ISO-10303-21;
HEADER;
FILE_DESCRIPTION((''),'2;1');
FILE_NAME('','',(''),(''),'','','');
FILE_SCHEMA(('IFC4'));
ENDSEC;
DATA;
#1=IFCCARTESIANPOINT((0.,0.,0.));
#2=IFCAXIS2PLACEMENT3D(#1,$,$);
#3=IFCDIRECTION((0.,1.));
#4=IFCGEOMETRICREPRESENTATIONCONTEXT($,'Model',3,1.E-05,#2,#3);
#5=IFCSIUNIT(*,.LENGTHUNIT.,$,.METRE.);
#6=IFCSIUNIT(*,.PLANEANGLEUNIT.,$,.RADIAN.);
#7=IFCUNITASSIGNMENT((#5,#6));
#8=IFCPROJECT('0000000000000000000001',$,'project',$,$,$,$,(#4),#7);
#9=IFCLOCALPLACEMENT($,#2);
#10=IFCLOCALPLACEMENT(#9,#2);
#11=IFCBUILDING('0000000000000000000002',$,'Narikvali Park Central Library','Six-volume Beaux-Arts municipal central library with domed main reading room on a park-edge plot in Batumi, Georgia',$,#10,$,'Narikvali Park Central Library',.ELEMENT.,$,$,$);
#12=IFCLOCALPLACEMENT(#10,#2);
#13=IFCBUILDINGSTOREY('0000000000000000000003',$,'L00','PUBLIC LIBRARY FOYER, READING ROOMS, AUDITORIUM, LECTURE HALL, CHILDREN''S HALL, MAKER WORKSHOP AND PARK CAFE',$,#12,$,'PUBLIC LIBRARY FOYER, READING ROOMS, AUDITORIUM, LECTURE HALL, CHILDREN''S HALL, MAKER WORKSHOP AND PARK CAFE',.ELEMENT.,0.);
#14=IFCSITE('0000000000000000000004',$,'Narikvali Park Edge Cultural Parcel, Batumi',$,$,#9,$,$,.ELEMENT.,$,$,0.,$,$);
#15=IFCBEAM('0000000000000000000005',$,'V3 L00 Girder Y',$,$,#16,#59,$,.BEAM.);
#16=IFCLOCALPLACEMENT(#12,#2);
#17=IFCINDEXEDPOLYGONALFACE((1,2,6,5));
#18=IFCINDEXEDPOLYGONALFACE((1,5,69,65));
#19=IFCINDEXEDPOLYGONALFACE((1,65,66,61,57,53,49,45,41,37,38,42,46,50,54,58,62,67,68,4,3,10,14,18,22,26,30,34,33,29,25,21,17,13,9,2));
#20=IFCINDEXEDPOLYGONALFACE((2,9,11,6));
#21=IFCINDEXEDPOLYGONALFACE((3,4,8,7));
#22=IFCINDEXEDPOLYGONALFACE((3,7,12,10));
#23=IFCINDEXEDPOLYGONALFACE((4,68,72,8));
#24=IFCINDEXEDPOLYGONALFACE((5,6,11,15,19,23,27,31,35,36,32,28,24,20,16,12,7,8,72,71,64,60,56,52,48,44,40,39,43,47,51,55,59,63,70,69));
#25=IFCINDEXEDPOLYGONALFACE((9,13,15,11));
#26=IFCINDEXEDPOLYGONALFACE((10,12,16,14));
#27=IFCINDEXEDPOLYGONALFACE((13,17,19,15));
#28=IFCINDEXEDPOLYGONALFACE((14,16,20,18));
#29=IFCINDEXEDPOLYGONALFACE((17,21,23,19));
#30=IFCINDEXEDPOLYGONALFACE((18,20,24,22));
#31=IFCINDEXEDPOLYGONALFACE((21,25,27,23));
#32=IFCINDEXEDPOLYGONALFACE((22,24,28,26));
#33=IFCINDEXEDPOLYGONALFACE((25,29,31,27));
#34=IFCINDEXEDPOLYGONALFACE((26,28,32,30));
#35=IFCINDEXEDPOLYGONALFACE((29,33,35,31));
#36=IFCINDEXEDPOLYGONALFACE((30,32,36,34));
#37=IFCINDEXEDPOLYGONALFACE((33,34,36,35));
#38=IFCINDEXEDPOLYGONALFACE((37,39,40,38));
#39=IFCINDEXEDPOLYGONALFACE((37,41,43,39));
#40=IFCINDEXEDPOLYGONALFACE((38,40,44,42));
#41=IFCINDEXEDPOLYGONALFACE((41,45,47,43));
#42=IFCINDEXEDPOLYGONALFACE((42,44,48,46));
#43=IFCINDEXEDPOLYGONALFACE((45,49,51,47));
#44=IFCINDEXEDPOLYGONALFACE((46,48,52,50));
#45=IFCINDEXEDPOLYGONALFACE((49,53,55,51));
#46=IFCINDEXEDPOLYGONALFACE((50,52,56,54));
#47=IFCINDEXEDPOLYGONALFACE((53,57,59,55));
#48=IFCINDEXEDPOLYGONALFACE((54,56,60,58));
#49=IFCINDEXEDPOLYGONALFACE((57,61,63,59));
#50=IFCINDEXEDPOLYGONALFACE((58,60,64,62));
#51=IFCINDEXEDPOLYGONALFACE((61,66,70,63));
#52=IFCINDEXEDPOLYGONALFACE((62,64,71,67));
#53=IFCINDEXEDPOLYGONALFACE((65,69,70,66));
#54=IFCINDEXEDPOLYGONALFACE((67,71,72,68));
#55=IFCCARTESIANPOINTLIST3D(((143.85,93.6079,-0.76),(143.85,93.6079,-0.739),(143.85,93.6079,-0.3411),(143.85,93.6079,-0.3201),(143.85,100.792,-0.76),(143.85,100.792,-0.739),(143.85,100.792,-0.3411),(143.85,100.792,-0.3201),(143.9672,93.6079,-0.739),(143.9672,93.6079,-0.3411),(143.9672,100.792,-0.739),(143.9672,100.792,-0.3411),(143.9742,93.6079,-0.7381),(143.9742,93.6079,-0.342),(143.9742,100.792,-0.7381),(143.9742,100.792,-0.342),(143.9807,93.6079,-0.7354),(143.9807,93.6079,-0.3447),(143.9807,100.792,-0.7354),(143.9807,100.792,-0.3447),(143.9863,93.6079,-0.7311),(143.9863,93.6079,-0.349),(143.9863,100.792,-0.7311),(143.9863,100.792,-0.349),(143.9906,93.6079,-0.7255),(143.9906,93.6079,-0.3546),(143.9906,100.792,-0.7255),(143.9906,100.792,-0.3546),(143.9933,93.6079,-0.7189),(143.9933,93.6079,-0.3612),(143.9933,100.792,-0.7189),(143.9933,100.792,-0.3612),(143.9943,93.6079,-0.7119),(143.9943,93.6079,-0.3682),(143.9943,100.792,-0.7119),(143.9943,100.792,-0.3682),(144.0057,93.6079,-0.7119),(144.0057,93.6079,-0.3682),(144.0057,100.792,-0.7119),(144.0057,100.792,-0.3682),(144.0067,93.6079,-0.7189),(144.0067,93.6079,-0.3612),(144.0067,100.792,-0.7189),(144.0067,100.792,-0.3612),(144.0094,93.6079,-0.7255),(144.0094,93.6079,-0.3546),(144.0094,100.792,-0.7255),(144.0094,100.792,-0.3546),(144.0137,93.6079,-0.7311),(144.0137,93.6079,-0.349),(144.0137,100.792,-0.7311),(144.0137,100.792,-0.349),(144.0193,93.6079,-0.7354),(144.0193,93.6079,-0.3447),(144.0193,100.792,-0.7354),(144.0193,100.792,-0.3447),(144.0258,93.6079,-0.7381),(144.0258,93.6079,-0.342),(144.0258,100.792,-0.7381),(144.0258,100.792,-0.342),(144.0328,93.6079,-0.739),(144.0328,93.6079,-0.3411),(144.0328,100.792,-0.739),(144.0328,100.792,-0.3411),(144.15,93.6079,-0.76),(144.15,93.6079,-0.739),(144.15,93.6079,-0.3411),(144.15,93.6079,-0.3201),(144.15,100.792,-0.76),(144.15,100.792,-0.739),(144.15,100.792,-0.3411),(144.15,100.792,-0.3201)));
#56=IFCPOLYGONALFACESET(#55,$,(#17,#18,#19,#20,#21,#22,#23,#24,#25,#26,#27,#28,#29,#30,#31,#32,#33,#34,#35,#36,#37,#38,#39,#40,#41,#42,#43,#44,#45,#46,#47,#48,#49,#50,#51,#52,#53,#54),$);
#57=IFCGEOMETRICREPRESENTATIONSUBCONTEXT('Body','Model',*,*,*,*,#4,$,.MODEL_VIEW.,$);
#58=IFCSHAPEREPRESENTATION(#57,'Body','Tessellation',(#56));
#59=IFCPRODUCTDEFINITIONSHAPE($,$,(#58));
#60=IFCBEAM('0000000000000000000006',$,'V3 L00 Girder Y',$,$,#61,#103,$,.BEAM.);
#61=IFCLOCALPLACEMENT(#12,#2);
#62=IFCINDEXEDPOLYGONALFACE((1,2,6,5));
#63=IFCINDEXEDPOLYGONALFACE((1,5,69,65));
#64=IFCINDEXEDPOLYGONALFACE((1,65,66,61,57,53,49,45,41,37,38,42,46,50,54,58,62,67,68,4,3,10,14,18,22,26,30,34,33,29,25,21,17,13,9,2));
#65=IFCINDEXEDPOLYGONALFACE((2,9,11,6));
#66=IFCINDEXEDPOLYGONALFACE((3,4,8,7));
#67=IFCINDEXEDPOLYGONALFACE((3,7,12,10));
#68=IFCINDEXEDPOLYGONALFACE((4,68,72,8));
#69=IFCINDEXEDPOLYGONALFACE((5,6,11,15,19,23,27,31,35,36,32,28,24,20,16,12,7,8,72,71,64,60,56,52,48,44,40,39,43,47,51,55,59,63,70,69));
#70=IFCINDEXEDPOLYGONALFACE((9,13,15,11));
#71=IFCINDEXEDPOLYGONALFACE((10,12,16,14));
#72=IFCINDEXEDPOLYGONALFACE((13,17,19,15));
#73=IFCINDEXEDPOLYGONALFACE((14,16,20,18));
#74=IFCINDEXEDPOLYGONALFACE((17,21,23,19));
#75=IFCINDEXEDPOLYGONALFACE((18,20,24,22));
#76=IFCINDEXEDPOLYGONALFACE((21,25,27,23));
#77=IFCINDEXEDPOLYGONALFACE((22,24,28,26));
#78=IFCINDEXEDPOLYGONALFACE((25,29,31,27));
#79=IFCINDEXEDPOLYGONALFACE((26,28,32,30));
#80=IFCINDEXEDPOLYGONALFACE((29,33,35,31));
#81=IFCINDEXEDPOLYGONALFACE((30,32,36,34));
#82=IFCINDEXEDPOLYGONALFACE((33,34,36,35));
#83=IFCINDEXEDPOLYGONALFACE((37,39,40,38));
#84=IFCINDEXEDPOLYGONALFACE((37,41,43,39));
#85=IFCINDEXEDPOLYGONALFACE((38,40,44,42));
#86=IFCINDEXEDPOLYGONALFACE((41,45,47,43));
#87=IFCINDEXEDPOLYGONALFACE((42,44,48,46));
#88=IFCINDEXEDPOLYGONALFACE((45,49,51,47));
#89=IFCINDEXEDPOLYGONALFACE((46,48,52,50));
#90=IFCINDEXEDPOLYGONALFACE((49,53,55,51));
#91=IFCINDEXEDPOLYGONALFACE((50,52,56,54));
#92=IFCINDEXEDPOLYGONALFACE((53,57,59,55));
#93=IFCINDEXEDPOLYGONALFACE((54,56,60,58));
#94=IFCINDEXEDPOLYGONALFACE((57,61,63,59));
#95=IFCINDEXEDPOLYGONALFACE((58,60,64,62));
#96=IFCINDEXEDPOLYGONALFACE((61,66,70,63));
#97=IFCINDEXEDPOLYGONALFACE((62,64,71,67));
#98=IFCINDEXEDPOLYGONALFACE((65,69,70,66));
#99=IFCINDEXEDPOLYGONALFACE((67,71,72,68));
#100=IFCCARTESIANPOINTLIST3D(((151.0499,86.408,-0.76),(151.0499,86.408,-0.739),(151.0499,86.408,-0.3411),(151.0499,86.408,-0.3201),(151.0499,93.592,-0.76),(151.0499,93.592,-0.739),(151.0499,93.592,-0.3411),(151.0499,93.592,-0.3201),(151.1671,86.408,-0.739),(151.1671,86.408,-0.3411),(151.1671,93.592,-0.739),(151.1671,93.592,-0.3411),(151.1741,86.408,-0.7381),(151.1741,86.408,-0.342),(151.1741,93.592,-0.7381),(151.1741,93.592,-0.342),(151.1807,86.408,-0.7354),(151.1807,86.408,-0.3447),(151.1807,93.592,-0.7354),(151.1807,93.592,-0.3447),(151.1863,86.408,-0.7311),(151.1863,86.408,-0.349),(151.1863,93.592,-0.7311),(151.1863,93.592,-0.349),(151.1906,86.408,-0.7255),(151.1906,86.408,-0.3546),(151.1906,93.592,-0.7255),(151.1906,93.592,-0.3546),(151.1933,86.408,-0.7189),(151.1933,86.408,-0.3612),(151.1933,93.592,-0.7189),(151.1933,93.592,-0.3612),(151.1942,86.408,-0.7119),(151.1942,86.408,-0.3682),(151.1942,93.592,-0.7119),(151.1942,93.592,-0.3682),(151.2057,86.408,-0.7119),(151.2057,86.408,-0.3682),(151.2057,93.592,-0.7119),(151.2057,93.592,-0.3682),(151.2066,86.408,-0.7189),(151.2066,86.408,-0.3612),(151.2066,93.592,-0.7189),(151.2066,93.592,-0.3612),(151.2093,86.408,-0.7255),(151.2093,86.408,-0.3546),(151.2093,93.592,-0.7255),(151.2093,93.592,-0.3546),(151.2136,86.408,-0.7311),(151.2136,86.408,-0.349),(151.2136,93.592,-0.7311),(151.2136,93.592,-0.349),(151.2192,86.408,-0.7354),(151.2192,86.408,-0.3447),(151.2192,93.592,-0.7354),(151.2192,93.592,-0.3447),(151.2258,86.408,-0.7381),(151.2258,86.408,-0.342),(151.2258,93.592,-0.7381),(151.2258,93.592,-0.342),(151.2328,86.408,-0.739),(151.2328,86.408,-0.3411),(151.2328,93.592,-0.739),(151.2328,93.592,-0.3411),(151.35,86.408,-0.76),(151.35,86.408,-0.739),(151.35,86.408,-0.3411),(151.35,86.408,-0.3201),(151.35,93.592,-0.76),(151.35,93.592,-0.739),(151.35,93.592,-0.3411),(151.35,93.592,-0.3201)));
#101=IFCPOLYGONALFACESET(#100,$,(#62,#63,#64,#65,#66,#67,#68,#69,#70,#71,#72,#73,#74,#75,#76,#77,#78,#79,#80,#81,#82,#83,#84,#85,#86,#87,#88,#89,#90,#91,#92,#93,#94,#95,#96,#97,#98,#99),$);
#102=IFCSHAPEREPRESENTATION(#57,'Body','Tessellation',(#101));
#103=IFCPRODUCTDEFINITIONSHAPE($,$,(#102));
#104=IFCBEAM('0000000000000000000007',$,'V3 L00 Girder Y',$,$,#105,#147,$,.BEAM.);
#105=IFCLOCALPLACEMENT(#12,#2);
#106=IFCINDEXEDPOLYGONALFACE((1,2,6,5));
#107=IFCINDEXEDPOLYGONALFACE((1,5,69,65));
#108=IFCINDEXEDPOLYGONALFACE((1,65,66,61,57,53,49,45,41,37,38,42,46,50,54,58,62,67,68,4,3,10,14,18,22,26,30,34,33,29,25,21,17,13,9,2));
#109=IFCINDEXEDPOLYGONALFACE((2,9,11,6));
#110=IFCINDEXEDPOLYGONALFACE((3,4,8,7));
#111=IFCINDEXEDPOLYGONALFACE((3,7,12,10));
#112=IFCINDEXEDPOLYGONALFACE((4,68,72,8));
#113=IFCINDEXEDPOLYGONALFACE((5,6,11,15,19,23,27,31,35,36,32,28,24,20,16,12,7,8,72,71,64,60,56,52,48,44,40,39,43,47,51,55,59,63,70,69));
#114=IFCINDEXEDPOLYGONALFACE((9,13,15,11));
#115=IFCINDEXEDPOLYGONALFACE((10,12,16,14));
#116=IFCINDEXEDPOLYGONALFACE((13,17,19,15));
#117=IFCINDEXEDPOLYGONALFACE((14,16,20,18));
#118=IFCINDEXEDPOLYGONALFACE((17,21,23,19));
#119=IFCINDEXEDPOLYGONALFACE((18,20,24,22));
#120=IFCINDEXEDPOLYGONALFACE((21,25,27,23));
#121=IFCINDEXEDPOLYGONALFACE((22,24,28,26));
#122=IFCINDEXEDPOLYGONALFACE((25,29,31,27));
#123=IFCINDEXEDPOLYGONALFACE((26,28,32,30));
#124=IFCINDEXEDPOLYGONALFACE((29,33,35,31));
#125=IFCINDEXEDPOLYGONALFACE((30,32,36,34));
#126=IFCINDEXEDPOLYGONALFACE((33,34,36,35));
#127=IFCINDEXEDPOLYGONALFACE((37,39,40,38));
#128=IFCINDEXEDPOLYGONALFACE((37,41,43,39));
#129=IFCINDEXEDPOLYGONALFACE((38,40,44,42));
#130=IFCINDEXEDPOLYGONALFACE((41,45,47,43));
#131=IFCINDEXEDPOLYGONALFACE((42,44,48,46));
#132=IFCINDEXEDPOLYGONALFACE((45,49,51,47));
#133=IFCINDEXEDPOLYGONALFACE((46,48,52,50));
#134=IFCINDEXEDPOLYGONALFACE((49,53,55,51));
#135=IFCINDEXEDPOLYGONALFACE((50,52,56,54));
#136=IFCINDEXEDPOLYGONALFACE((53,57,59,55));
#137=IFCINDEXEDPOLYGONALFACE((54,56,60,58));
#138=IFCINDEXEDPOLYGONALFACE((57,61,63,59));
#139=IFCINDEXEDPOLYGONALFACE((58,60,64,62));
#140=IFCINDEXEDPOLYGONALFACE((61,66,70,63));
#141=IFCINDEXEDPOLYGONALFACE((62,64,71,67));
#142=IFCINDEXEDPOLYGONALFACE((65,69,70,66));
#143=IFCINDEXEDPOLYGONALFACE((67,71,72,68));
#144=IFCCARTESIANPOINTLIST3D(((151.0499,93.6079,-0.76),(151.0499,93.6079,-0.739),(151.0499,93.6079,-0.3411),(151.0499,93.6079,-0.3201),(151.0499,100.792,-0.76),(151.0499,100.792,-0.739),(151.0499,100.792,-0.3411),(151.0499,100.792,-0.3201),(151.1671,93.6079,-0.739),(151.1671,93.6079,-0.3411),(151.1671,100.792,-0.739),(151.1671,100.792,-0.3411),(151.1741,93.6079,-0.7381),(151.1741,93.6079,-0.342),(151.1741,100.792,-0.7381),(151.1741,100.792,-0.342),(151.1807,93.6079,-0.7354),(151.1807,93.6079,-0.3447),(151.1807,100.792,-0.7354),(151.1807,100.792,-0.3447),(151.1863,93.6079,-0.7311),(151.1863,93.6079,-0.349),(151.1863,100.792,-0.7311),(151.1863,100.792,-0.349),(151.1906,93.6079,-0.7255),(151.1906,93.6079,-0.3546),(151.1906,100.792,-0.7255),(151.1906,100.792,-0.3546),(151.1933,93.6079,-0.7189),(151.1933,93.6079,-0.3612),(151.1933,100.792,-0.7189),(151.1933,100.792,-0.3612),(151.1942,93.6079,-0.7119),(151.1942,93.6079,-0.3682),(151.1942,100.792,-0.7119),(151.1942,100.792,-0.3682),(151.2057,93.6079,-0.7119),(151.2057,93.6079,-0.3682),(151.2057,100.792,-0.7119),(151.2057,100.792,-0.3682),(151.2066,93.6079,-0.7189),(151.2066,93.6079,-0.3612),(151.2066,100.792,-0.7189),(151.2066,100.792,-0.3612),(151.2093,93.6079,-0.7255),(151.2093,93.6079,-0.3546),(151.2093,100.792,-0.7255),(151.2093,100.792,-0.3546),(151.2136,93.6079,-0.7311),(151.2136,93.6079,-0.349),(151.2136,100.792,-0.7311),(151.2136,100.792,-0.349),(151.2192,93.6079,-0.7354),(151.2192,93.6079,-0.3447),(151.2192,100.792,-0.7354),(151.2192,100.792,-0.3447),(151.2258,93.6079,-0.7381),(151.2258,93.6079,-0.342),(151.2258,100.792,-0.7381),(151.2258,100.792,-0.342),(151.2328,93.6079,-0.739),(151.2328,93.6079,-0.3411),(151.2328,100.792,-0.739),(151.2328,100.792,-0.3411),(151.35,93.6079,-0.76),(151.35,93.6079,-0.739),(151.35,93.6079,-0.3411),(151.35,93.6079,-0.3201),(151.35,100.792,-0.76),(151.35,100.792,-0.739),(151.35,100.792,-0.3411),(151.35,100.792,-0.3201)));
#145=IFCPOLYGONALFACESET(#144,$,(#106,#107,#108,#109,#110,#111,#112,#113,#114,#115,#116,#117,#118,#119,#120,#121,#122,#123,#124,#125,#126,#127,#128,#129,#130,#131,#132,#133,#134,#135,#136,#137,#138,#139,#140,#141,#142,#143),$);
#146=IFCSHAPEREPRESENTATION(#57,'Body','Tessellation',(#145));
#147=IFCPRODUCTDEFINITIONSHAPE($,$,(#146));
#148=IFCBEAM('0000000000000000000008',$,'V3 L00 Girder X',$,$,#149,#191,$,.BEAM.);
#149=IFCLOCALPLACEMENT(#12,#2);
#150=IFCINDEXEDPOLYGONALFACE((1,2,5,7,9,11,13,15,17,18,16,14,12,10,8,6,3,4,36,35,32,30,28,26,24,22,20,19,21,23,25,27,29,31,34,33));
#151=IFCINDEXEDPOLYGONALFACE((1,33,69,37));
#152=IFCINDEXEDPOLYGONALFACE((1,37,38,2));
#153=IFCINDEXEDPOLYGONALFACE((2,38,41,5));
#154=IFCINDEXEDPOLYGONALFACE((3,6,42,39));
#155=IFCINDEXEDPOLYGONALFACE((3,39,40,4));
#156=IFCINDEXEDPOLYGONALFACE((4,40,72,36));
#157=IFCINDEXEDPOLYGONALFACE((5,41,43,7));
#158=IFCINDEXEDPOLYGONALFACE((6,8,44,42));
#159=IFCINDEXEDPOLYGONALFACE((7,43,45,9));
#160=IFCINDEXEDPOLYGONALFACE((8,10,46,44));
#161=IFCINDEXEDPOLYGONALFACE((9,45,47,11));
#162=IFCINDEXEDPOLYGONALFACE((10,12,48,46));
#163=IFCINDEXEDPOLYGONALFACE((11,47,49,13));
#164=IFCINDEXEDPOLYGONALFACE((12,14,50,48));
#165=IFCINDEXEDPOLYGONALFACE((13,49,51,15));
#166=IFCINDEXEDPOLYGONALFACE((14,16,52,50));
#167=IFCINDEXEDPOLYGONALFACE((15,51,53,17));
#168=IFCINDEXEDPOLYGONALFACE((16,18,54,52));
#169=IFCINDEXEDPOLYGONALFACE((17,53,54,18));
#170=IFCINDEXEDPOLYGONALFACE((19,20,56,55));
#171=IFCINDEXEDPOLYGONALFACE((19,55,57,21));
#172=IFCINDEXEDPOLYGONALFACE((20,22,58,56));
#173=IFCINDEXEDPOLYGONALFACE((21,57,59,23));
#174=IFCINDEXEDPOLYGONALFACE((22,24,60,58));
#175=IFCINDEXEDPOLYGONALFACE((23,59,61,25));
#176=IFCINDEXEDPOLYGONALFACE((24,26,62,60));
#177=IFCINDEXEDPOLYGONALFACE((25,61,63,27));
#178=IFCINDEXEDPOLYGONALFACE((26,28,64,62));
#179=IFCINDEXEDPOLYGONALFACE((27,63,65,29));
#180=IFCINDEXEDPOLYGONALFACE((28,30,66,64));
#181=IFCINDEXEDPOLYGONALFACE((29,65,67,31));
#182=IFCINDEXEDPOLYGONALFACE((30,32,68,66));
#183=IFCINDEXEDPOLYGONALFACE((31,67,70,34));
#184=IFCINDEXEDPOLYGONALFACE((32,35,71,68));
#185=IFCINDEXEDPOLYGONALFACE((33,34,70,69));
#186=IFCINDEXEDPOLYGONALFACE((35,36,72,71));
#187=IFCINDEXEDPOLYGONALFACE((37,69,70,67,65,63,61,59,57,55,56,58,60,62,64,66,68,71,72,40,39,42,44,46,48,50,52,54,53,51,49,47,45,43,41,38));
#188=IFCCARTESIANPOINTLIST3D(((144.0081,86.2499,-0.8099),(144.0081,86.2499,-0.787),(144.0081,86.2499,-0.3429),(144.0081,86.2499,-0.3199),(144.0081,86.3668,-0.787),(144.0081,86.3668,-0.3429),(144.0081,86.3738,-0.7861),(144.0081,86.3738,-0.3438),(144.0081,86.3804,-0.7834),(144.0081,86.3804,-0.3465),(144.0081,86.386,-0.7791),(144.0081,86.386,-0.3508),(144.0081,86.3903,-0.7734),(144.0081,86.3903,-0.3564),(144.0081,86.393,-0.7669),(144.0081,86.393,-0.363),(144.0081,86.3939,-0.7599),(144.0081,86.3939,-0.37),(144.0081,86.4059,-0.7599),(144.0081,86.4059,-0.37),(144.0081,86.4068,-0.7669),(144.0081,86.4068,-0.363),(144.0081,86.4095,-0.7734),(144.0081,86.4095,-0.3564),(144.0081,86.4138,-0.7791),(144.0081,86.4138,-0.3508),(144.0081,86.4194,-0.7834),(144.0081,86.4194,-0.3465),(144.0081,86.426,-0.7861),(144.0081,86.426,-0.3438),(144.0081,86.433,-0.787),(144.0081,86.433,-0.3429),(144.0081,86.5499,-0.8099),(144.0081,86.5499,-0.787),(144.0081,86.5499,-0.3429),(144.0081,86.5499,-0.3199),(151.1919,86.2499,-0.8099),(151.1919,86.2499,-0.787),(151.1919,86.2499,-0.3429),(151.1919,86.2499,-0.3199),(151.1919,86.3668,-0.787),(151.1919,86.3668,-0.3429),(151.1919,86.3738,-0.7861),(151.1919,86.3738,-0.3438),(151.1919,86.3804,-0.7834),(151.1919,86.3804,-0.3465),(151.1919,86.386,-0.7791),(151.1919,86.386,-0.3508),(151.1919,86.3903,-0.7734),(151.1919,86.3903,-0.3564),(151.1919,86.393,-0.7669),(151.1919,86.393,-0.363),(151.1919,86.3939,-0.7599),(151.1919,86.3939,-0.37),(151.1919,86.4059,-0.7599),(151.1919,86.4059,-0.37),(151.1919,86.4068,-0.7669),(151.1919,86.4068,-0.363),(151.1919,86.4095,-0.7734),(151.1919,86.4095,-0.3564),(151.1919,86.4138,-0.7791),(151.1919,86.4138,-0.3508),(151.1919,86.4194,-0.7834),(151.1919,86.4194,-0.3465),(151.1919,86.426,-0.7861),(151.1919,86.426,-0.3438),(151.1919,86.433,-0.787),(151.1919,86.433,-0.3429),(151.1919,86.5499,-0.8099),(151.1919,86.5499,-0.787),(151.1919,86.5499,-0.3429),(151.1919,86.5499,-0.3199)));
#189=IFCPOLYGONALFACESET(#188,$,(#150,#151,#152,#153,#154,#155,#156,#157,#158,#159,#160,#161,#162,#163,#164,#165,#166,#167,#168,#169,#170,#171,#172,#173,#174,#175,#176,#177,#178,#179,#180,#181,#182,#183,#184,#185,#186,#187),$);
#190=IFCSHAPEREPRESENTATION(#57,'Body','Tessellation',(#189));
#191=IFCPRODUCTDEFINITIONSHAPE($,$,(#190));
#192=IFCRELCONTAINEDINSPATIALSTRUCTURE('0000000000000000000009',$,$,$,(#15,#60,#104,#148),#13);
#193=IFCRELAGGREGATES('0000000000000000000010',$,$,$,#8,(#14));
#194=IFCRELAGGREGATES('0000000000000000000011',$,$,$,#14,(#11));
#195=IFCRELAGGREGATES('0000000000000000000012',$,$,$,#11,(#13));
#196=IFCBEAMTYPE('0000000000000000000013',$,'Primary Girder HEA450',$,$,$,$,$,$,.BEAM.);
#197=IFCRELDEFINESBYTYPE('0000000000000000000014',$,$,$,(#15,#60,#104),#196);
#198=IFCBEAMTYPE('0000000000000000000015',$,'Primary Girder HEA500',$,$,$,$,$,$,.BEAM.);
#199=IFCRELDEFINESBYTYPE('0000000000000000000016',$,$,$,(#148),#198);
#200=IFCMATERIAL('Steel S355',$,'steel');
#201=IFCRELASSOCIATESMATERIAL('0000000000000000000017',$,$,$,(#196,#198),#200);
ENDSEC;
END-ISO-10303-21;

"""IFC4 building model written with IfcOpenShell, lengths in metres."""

from ifc_helpers import new_model, si_unit, direction, frame, origin, origin_2d, place, context, subcontext, project, spatial, i_section, extrude, material, material_profile, profile_set, type_object, element, save


model = new_model("IFC4")

# Units and contexts
model_context = context("Model", 3, precision=1e-05, world=origin(), true_north=direction((0.0, 1.0)))
body_context = subcontext(model_context, "Body", "Model", "MODEL_VIEW")
ifc_project = project(units=[si_unit("LENGTHUNIT", "METRE"), si_unit("PLANEANGLEUNIT", "RADIAN")], contexts=[model_context])

# Site, building, storey
site_placement = place(None, origin())
site = spatial("IfcSite", under=ifc_project, at=site_placement, Name="Narikvali Park Edge Cultural Parcel, Batumi", CompositionType="ELEMENT", RefElevation=0.0)
building_placement = place(site_placement, origin())
building = spatial("IfcBuilding", under=site, at=building_placement, Name="Narikvali Park Central Library", Description="Six-volume Beaux-Arts municipal central library with domed main reading room on a park-edge plot in Batumi, Georgia", LongName="Narikvali Park Central Library", CompositionType="ELEMENT")
storey_placement = place(building_placement, origin())
storey = spatial("IfcBuildingStorey", under=building, at=storey_placement, Name="L00", Description="PUBLIC LIBRARY FOYER, READING ROOMS, AUDITORIUM, LECTURE HALL, CHILDREN'S HALL, MAKER WORKSHOP AND PARK CAFE", LongName="PUBLIC LIBRARY FOYER, READING ROOMS, AUDITORIUM, LECTURE HALL, CHILDREN'S HALL, MAKER WORKSHOP AND PARK CAFE", CompositionType="ELEMENT", Elevation=0.0)

# Shared definitions
ifc_material_1 = material(Name="Steel S355", Category="steel")

# Beams
ifc_material_profile_1 = material_profile(ifc_material_1, i_section(OverallWidth=0.3, OverallDepth=0.4399, WebThickness=0.0115, FlangeThickness=0.021, FilletRadius=0.0271, at=origin_2d()), Name="HEA 450")
ifc_profile_set_1 = profile_set([ifc_material_profile_1], Name="Steel S355")
beam_type_1 = type_object("IfcBeamType", Name="Primary Girder HEA450", PredefinedType="BEAM", material=ifc_profile_set_1)
for number, where, z_axis, x_axis, name in (
    (1, (144.0, 93.6079, -0.54), (0.0, 1.0, 0.0), (-1.0, 0.0, 0.0), "V3 L00 Girder Y"),
    (2, (151.2, 86.408, -0.54), (0.0, 1.0, 0.0), (-1.0, 0.0, 0.0), "V3 L00 Girder Y"),
    (3, (151.2, 93.6079, -0.54), (0.0, 1.0, 0.0), (-1.0, 0.0, 0.0), "V3 L00 Girder Y"),
):
    element("IfcBeam", number, at=place(storey_placement, frame(where, z_axis=z_axis, x_axis=x_axis)), inside=storey, type_object=beam_type_1, Name=name, PredefinedType="BEAM", context=body_context, shape_type="SweptSolid", body=[
        extrude(i_section(OverallWidth=0.3, OverallDepth=0.4399, WebThickness=0.0115, FlangeThickness=0.021, FilletRadius=0.0271, at=origin_2d()), origin(), (0.0, 0.0, 1.0), 7.1841),
    ])
ifc_material_profile_2 = material_profile(ifc_material_1, i_section(OverallWidth=0.3, OverallDepth=0.49, WebThickness=0.012, FlangeThickness=0.0229, FilletRadius=0.0271, at=origin_2d()), Name="HEA 500")
ifc_profile_set_2 = profile_set([ifc_material_profile_2], Name="Steel S355")
beam_type_2 = type_object("IfcBeamType", Name="Primary Girder HEA500", PredefinedType="BEAM", material=ifc_profile_set_2)
beam_1_placement = place(storey_placement, frame((144.0081, 86.3999, -0.5649), z_axis=(1.0, 0.0, 0.0), x_axis=(0.0, 1.0, 0.0)))
element("IfcBeam", 4, at=beam_1_placement, inside=storey, type_object=beam_type_2, Name="V3 L00 Girder X", PredefinedType="BEAM", context=body_context, shape_type="SweptSolid", body=[
    extrude(i_section(OverallWidth=0.3, OverallDepth=0.49, WebThickness=0.012, FlangeThickness=0.0229, FilletRadius=0.0271, at=origin_2d()), origin(), (0.0, 0.0, 1.0), 7.1838),
])

save(model, "model.ifc")
